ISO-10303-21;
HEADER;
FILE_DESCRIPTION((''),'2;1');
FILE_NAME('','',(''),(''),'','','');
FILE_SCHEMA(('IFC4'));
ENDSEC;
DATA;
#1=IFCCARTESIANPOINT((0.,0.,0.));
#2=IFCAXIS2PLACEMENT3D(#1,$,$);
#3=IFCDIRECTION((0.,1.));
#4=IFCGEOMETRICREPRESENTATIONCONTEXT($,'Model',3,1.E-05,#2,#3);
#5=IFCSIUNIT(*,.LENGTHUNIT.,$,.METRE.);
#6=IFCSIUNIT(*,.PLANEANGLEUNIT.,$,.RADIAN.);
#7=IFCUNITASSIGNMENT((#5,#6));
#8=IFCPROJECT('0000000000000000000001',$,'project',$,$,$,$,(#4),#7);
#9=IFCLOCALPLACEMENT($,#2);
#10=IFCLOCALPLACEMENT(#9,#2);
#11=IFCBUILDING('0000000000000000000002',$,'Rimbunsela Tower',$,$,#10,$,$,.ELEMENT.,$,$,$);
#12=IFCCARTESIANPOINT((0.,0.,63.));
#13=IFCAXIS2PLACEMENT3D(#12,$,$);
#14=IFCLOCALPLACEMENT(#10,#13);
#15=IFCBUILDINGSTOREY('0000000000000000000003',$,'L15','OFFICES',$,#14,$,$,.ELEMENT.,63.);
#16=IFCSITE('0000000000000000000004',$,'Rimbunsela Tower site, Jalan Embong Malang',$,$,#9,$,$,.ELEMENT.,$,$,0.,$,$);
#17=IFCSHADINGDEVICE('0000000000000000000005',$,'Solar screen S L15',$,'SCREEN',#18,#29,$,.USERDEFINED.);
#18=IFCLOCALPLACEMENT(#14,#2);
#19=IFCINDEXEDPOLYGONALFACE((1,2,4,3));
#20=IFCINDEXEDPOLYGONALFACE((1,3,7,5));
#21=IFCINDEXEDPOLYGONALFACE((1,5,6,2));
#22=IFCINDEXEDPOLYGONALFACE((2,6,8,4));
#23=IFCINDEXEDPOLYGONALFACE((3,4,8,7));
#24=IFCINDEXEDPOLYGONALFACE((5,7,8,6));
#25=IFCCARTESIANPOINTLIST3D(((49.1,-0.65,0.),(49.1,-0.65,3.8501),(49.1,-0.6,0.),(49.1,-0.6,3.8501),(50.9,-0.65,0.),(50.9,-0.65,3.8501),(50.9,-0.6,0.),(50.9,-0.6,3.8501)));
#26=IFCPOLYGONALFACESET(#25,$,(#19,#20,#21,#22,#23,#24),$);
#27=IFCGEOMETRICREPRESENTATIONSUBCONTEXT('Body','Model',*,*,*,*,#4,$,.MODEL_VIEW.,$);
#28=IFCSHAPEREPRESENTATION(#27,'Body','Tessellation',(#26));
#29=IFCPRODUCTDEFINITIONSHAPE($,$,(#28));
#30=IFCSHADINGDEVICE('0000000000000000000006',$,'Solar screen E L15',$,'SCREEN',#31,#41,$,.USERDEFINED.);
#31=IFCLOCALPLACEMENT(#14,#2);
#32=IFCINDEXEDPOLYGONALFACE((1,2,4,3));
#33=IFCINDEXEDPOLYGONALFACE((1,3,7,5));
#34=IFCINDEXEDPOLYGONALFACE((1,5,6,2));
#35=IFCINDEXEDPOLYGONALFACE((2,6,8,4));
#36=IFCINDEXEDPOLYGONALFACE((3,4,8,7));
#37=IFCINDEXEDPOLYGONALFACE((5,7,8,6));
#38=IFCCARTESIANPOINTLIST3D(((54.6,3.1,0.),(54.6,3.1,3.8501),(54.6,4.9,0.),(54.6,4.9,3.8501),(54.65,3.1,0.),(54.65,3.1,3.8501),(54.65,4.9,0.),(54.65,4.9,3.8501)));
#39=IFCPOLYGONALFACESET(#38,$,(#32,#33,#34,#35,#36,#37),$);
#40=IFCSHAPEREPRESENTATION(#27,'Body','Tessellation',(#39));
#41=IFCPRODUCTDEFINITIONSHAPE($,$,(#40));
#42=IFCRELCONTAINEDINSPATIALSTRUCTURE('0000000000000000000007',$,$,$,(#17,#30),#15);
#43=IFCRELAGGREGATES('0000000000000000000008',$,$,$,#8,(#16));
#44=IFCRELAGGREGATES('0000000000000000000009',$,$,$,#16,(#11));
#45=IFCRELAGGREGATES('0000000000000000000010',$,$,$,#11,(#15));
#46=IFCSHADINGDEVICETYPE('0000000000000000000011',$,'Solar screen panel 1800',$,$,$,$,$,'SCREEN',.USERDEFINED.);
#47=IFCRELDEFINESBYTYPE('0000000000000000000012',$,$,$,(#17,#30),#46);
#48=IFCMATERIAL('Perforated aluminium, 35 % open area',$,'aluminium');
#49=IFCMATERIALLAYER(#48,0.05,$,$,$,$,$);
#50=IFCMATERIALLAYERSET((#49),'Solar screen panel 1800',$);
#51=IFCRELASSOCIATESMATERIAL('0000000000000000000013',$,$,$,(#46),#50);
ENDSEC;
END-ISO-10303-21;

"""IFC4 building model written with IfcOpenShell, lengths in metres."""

from ifc_helpers import new_model, si_unit, direction, frame, origin, origin_2d, place, context, subcontext, project, spatial, rectangle, extrude, material, layer, layer_set, type_object, element, save


model = new_model("IFC4")

# Units and contexts
model_context = context("Model", 3, precision=1e-05, world=origin(), true_north=direction((0.0, 1.0)))
body_context = subcontext(model_context, "Body", "Model", "MODEL_VIEW")
ifc_project = project(units=[si_unit("LENGTHUNIT", "METRE"), si_unit("PLANEANGLEUNIT", "RADIAN")], contexts=[model_context])

# Site, building, storey
site_placement = place(None, origin())
site = spatial("IfcSite", under=ifc_project, at=site_placement, Name="Rimbunsela Tower site, Jalan Embong Malang", CompositionType="ELEMENT", RefElevation=0.0)
building_placement = place(site_placement, origin())
building = spatial("IfcBuilding", under=site, at=building_placement, Name="Rimbunsela Tower", CompositionType="ELEMENT")
storey_placement = place(building_placement, frame((0.0, 0.0, 63.0)))
storey = spatial("IfcBuildingStorey", under=building, at=storey_placement, Name="L15", Description="OFFICES", CompositionType="ELEMENT", Elevation=63.0)

# Shading devices
ifc_material_1 = material(Name="Perforated aluminium, 35 % open area", Category="aluminium")
ifc_layer_1 = layer(ifc_material_1, 0.05)
ifc_layer_set_1 = layer_set([ifc_layer_1], Name="Solar screen panel 1800")
shading_device_type = type_object("IfcShadingDeviceType", Name="Solar screen panel 1800", ElementType="SCREEN", PredefinedType="USERDEFINED", material=ifc_layer_set_1)
for number, where, z_axis, x_axis, name in (
    (1, (50.0, -0.625, 0.0), (0.0, 0.0, 1.0), (1.0, 0.0, 0.0), "Solar screen S L15"),
    (2, (54.625, 4.0, 0.0), (0.0, 0.0, 1.0), (0.0, 1.0, 0.0), "Solar screen E L15"),
):
    element("IfcShadingDevice", number, at=place(storey_placement, frame(where, z_axis=z_axis, x_axis=x_axis)), inside=storey, type_object=shading_device_type, Name=name, ObjectType="SCREEN", PredefinedType="USERDEFINED", context=body_context, shape_type="SweptSolid", body=[
        extrude(rectangle(XDim=1.8, YDim=0.05, at=origin_2d()), origin(), (0.0, 0.0, 1.0), 3.8501),
    ])

save(model, "model.ifc")
